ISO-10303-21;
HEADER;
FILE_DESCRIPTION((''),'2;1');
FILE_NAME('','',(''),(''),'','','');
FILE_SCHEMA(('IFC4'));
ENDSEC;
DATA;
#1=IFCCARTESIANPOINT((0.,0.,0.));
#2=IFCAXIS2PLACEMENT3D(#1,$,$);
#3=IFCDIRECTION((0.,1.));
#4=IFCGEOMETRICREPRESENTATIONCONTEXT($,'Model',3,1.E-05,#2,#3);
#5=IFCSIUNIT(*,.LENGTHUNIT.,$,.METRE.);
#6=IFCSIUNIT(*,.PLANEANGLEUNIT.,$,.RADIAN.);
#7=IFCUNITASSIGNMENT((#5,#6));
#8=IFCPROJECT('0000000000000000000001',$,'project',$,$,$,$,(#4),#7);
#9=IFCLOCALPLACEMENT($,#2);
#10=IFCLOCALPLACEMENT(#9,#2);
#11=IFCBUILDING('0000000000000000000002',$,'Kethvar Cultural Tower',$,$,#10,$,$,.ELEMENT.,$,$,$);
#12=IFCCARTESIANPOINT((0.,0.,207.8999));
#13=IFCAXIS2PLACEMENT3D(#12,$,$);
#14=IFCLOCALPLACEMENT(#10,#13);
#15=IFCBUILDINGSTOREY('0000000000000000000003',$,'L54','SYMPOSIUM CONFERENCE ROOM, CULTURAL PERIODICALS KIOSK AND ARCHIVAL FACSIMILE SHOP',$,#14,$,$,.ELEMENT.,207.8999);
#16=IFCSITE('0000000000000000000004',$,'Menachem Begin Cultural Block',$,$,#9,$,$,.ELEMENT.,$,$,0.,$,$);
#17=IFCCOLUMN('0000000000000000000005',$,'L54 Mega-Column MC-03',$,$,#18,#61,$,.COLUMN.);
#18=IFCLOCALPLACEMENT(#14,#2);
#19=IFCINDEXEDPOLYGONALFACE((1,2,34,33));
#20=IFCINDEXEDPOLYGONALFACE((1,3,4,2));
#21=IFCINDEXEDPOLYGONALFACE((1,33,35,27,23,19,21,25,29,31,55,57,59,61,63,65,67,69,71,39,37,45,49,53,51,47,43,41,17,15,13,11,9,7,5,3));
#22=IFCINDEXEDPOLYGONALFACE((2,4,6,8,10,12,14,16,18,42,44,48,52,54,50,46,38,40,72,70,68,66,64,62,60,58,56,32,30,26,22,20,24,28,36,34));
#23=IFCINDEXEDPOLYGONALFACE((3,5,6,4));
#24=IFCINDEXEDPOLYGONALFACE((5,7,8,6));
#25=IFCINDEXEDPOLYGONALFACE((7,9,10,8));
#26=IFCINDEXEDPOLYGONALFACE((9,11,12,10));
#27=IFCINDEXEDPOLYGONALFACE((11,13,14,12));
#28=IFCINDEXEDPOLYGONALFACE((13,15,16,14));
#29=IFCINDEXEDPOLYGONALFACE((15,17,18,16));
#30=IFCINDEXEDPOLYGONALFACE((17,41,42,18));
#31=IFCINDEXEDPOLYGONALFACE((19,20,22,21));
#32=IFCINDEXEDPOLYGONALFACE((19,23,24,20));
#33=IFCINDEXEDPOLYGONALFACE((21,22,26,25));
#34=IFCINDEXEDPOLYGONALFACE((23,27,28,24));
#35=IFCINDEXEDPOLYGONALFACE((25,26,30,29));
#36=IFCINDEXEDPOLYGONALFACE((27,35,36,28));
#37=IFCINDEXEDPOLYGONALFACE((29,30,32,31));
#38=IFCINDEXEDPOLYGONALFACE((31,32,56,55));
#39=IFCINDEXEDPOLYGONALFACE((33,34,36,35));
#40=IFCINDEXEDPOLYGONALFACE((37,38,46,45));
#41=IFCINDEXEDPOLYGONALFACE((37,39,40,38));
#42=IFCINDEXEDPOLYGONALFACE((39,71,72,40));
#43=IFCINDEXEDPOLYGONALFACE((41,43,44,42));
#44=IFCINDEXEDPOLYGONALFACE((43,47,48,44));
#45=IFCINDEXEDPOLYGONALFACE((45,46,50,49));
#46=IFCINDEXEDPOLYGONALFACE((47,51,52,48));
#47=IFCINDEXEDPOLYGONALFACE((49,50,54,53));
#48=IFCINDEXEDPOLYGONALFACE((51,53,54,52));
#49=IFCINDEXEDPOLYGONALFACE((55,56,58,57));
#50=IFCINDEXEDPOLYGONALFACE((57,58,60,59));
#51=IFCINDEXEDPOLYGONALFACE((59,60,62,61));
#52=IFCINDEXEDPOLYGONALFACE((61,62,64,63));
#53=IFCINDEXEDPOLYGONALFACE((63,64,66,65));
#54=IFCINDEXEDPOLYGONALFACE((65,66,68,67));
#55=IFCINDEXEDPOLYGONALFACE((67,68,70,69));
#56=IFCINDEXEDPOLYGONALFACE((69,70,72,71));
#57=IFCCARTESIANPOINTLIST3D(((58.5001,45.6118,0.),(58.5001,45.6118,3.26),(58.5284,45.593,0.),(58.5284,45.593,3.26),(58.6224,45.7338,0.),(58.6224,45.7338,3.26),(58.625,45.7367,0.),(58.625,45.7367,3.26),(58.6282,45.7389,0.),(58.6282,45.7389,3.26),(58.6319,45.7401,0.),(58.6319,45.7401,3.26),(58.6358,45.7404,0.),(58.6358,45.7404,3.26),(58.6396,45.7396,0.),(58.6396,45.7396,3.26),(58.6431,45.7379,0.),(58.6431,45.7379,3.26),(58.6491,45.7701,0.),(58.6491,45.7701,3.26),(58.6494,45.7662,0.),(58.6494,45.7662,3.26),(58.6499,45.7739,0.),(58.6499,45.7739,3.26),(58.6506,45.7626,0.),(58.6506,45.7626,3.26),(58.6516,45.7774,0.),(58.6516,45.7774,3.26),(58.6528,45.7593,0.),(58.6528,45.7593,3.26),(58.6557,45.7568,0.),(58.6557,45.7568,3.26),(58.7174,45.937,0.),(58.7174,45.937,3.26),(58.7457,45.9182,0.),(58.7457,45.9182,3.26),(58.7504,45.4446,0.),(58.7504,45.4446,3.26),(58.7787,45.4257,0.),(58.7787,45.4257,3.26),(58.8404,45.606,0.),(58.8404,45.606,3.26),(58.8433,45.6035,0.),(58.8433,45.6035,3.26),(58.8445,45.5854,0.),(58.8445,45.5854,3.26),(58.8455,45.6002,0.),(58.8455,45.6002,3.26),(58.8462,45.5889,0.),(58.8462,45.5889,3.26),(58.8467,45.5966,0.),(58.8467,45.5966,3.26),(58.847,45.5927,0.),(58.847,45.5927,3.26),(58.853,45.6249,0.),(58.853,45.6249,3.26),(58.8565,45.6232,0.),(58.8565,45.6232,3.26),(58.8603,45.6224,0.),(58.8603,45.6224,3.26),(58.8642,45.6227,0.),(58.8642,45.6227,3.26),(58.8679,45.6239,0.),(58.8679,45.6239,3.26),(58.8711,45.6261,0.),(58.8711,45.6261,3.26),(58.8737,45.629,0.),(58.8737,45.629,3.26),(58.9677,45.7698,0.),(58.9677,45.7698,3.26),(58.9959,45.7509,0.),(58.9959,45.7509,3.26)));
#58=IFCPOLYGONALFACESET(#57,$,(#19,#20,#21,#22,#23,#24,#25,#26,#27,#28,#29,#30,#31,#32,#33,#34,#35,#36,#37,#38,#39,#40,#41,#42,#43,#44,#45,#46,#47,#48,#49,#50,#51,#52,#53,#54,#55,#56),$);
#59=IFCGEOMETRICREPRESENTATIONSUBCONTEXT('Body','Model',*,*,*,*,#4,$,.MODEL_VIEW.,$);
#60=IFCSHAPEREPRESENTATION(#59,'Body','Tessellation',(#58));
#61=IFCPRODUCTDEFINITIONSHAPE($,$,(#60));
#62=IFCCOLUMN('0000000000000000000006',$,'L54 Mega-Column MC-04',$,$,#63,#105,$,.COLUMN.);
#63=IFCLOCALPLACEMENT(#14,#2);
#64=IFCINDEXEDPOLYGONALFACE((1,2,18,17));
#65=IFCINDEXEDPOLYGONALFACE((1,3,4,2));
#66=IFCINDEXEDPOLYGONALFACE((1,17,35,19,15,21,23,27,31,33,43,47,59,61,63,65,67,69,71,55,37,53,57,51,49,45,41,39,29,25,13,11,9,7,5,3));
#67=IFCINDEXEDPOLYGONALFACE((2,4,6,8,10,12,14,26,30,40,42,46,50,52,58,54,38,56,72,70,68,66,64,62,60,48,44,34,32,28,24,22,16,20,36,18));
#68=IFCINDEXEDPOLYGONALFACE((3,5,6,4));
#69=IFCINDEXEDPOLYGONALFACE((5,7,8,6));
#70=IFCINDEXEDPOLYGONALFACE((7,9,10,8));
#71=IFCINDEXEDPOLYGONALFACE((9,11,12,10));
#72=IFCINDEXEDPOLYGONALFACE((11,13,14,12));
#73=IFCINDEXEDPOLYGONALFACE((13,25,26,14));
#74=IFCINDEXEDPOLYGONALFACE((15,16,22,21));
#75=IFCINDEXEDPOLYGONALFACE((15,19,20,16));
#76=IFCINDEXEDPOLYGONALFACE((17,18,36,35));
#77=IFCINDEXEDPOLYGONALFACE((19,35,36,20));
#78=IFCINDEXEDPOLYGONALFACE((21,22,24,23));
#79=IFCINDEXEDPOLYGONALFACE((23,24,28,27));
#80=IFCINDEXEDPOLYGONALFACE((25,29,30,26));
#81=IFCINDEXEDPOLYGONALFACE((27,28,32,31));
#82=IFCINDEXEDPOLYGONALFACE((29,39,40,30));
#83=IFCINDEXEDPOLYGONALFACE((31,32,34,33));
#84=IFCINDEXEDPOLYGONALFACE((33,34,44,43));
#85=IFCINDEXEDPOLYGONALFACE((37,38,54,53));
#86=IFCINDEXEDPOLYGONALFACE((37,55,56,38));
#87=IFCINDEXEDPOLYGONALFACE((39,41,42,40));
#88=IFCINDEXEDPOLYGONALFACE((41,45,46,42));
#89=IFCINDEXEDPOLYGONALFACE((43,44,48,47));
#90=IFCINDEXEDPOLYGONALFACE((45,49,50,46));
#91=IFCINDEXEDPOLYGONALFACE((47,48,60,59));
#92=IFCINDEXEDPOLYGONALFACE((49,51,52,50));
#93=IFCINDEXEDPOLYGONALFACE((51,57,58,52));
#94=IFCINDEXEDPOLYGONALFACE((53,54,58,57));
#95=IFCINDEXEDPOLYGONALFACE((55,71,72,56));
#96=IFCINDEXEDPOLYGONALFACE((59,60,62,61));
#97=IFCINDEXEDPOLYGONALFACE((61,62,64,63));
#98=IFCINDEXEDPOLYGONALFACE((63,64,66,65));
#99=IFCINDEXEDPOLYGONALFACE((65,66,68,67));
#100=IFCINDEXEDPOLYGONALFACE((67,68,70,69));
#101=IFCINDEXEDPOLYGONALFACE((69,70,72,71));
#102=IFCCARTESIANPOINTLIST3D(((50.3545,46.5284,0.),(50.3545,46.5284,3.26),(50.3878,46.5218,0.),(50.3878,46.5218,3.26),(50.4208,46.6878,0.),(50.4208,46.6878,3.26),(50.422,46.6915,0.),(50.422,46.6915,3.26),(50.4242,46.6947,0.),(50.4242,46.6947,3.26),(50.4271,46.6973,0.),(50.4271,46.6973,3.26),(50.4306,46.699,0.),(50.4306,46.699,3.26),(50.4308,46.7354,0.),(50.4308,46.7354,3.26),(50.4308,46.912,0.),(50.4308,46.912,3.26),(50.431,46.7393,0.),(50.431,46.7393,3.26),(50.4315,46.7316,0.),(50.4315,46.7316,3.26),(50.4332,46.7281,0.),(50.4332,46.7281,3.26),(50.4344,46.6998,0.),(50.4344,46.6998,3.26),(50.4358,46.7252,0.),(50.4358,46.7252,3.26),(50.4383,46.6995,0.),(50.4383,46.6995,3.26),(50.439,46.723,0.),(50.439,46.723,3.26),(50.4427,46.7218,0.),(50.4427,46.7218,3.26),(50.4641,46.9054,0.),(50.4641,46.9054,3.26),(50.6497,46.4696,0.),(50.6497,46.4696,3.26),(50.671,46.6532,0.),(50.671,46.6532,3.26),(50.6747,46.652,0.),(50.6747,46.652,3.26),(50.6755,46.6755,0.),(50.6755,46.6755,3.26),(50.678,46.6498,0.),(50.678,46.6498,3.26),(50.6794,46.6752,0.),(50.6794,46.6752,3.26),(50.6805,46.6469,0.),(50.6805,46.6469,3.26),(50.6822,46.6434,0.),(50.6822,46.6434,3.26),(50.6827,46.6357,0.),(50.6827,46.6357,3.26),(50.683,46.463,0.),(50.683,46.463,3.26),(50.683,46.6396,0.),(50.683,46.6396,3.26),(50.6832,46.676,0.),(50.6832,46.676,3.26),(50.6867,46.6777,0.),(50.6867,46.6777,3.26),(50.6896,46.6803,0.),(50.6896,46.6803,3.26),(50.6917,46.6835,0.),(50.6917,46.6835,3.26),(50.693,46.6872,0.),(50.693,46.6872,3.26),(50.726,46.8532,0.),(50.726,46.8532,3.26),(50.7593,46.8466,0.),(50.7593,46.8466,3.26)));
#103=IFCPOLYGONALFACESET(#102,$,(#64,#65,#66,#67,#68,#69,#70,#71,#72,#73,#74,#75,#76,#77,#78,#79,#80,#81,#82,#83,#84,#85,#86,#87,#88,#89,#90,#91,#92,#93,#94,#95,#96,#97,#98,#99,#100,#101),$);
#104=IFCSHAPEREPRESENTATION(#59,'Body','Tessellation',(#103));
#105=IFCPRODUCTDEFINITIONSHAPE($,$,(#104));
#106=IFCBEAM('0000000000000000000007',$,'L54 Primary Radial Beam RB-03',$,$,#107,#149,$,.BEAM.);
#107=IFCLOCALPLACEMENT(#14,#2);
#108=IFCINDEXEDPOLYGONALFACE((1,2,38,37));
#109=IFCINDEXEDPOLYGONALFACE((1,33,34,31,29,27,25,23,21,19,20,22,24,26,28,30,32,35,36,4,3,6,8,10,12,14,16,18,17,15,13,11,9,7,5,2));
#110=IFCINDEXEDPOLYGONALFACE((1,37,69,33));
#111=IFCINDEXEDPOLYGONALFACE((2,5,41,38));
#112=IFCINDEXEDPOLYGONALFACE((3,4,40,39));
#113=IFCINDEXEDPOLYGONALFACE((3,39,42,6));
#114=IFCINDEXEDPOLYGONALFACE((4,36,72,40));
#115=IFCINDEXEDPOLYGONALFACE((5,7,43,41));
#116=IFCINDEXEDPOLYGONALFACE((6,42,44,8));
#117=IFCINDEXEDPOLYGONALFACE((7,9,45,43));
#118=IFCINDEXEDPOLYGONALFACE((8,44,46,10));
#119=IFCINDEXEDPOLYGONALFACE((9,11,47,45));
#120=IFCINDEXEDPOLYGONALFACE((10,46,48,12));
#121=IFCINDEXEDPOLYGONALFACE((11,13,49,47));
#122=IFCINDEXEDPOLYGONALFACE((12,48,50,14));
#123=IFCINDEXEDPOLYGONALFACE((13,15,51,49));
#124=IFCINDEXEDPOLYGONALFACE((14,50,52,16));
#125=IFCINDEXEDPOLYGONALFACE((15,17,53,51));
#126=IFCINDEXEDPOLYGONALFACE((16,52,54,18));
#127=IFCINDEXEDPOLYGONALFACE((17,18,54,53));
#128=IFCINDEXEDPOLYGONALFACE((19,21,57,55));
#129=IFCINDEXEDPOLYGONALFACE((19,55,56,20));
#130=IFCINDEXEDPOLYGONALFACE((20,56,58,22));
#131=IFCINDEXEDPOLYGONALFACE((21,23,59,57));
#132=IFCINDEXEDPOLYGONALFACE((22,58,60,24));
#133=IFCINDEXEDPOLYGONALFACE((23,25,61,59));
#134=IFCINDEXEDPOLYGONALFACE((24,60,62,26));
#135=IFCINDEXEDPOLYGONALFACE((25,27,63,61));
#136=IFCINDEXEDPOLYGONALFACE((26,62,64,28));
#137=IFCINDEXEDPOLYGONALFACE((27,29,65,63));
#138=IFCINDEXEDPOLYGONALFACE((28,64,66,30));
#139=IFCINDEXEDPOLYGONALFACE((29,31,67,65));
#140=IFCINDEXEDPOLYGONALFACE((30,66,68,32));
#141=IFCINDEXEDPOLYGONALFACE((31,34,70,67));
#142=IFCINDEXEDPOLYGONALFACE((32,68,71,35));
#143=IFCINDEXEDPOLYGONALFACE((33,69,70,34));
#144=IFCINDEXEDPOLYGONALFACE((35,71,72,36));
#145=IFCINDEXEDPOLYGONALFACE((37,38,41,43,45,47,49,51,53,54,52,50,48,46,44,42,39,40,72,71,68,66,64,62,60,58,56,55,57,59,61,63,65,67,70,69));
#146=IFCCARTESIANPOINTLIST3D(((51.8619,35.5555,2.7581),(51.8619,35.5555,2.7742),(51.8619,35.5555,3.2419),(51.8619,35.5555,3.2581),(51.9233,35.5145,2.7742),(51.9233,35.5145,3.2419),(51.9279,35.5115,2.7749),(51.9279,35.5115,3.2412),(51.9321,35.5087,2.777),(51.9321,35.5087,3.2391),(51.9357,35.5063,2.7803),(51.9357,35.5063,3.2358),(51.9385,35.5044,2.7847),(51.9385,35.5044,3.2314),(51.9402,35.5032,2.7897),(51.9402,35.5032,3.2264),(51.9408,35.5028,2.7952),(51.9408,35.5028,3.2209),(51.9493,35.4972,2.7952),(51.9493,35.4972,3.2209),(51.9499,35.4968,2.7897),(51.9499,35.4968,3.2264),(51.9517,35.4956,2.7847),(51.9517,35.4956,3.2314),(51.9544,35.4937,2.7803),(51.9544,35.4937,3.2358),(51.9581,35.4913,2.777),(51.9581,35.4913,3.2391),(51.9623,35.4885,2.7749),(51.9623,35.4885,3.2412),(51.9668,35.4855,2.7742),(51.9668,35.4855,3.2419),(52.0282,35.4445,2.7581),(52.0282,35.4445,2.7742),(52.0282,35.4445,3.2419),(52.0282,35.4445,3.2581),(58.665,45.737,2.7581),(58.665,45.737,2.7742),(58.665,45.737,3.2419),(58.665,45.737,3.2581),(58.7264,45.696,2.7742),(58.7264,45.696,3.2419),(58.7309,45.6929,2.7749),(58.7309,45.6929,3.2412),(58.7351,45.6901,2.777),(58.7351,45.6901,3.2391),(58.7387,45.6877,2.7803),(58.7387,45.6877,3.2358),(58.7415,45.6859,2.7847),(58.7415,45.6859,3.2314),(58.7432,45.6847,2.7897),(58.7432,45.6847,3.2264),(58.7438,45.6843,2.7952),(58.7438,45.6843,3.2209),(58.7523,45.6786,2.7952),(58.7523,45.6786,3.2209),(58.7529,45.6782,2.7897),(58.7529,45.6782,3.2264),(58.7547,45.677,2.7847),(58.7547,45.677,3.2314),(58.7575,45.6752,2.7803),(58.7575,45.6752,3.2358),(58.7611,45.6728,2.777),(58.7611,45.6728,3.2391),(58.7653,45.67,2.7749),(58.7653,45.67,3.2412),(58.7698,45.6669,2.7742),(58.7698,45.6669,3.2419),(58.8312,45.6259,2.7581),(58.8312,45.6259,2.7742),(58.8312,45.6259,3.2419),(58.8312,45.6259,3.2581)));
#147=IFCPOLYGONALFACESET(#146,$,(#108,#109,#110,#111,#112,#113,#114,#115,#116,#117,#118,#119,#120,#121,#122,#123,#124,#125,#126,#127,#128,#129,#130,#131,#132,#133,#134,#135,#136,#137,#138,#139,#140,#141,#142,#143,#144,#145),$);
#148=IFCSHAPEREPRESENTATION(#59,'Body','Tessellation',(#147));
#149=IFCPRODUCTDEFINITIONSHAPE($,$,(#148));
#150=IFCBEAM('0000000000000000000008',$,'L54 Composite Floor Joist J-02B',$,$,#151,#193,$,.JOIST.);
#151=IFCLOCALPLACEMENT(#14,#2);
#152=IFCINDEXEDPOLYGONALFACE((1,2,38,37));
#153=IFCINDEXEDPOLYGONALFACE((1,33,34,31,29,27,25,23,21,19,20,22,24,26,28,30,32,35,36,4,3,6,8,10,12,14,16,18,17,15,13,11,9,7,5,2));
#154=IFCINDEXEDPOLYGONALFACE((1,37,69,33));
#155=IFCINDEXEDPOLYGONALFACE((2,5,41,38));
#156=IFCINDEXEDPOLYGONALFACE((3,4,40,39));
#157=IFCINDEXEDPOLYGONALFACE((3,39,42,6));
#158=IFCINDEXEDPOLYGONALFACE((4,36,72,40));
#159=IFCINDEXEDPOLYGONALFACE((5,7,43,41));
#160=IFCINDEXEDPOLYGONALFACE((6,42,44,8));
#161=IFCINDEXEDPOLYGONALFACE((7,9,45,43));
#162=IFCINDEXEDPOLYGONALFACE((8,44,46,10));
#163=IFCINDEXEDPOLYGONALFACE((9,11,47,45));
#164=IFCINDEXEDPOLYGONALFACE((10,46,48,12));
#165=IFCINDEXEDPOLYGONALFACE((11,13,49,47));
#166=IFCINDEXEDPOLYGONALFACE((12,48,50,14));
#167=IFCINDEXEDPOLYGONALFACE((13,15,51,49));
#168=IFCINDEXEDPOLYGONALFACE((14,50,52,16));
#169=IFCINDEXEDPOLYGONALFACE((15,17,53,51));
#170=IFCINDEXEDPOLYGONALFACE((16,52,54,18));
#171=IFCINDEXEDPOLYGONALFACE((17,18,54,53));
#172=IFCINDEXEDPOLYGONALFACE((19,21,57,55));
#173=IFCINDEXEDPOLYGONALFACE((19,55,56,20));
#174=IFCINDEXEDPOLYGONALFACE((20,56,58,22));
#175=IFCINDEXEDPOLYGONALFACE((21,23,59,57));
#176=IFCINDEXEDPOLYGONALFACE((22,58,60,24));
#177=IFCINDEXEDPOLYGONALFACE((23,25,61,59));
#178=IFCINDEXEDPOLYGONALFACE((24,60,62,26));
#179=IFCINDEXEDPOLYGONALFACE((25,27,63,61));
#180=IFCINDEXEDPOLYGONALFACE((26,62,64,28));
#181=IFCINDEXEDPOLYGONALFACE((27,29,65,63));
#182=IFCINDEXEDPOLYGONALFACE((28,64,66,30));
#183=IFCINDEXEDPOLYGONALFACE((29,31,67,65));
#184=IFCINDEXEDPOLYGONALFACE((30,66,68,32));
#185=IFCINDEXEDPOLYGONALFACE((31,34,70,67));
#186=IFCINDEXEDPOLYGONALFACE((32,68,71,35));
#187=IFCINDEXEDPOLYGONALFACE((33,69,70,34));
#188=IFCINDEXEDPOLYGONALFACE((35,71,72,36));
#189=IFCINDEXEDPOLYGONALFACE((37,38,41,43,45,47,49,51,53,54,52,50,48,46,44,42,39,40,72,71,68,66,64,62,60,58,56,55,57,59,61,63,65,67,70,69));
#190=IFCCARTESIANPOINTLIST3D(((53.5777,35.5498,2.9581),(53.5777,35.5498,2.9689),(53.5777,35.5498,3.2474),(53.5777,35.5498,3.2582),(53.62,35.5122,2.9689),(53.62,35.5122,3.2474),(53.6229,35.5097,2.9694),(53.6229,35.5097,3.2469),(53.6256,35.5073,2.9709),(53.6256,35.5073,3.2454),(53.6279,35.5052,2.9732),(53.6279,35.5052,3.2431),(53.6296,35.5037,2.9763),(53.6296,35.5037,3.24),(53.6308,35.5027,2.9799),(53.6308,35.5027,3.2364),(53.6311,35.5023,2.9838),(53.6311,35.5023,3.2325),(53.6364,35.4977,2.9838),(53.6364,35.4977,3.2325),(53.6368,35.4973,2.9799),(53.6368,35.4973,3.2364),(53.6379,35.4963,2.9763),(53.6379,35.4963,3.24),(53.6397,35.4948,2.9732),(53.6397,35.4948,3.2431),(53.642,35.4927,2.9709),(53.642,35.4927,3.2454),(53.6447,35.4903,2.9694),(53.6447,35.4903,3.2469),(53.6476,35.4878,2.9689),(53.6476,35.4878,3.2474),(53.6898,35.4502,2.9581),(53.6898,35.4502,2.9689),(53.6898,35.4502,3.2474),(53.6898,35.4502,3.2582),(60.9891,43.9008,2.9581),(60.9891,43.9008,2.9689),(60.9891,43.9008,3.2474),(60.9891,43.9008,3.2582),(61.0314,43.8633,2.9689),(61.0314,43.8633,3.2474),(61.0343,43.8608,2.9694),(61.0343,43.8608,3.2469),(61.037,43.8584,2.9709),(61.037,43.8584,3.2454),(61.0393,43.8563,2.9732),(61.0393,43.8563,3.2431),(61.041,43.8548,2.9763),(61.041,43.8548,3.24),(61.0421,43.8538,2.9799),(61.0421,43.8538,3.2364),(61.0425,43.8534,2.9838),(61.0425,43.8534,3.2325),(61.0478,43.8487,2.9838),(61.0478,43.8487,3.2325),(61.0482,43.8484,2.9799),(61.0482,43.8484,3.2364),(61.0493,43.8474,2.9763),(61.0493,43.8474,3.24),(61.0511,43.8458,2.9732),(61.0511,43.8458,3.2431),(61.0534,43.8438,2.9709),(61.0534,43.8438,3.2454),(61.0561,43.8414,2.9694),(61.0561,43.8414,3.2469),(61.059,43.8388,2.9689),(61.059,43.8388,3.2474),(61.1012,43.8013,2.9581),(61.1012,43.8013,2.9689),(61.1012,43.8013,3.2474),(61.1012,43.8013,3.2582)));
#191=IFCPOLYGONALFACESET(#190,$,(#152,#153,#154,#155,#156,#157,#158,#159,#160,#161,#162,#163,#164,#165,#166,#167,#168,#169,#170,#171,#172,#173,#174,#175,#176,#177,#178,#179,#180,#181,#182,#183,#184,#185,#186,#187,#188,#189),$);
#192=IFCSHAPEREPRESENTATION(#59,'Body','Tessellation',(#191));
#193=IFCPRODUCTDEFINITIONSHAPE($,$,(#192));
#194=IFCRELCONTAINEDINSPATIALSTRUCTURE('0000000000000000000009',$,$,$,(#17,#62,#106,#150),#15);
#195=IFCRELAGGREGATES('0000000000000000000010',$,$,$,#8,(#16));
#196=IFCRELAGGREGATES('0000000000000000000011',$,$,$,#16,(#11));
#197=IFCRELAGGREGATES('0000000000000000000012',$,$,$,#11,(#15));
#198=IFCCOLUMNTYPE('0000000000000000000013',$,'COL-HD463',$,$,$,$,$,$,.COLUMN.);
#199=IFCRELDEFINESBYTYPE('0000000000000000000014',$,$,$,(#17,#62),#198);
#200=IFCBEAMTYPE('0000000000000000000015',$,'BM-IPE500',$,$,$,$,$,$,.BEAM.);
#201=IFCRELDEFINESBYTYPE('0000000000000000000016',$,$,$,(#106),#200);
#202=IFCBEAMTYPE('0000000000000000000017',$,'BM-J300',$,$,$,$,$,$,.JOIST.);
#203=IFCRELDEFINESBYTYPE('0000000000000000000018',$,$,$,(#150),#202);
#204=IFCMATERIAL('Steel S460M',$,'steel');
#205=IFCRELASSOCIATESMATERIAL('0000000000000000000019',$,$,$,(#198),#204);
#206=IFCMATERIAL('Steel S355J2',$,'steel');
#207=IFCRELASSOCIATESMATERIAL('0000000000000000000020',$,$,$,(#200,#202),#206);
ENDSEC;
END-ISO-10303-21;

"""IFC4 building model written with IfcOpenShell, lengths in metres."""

from ifc_helpers import new_model, si_unit, direction, frame, origin, origin_2d, place, context, subcontext, project, spatial, i_section, extrude, source, transform, mapped, material, material_profile, profile_set, type_object, element, save


model = new_model("IFC4")

# Units and contexts
model_context = context("Model", 3, precision=1e-05, world=origin(), true_north=direction((0.0, 1.0)))
body_context = subcontext(model_context, "Body", "Model", "MODEL_VIEW")
ifc_project = project(units=[si_unit("LENGTHUNIT", "METRE"), si_unit("PLANEANGLEUNIT", "RADIAN")], contexts=[model_context])

# Site, building, storey
site_placement = place(None, origin())
site = spatial("IfcSite", under=ifc_project, at=site_placement, Name="Menachem Begin Cultural Block", CompositionType="ELEMENT", RefElevation=0.0)
building_placement = place(site_placement, origin())
building = spatial("IfcBuilding", under=site, at=building_placement, Name="Kethvar Cultural Tower", CompositionType="ELEMENT")
storey_placement = place(building_placement, frame((0.0, 0.0, 207.8999)))
storey = spatial("IfcBuildingStorey", under=building, at=storey_placement, Name="L54", Description="SYMPOSIUM CONFERENCE ROOM, CULTURAL PERIODICALS KIOSK AND ARCHIVAL FACSIMILE SHOP", CompositionType="ELEMENT", Elevation=207.8999)

# Columns
ifc_material_1 = material(Name="Steel S460M", Category="steel")
ifc_material_profile_1 = material_profile(ifc_material_1, i_section(OverallWidth=0.3911, OverallDepth=0.335, WebThickness=0.0227, FlangeThickness=0.0339, FilletRadius=0.0149, at=origin_2d()), Name="Steel S460M — HD400x463")
ifc_profile_set_1 = profile_set([ifc_material_profile_1], Name="Steel S460M — HD400x463")
column_type = type_object("IfcColumnType", Name="COL-HD463", PredefinedType="COLUMN", material=ifc_profile_set_1)
shared_shape_1 = source(origin(), body_context, "Body", "SweptSolid", [
    extrude(i_section(OverallWidth=0.3911, OverallDepth=0.335, WebThickness=0.0227, FlangeThickness=0.0339, FilletRadius=0.0149, at=origin_2d()), origin(), (0.0, 0.0, 1.0), 3.26),
])
for number, where, z_axis, x_axis, name in (
    (1, (58.748, 45.6814, 0.0), (0.0, 0.0, 1.0), (0.55557, 0.83147, 0.0), "L54 Mega-Column MC-03"),
    (2, (50.5569, 46.6875, 0.0), (0.0, 0.0, 1.0), (0.19509, 0.980785, 0.0), "L54 Mega-Column MC-04"),
):
    element("IfcColumn", number, at=place(storey_placement, frame(where, z_axis=z_axis, x_axis=x_axis)), inside=storey, type_object=column_type, Name=name, PredefinedType="COLUMN", context=body_context, shape_type="MappedRepresentation", body=[
        mapped(shared_shape_1, transform((0.0, 0.0, 0.0), scale=1.0)),
    ])

# Beams
ifc_material_2 = material(Name="Steel S355J2", Category="steel")
ifc_material_profile_2 = material_profile(ifc_material_2, i_section(OverallWidth=0.2, OverallDepth=0.5, WebThickness=0.0103, FlangeThickness=0.0161, FilletRadius=0.021, at=origin_2d()), Name="Steel S355J2 — IPE500")
ifc_profile_set_2 = profile_set([ifc_material_profile_2], Name="Steel S355J2 — IPE500")
beam_type_1 = type_object("IfcBeamType", Name="BM-IPE500", PredefinedType="BEAM", material=ifc_profile_set_2)
shared_shape_2 = source(origin(), body_context, "Body", "SweptSolid", [
    extrude(i_section(OverallWidth=0.2, OverallDepth=0.5, WebThickness=0.0103, FlangeThickness=0.0161, FilletRadius=0.021, at=origin_2d()), origin(), (0.0, 0.0, 1.0), 12.2451),
])
beam_1_placement = place(storey_placement, frame((51.9451, 35.5, 3.0081), z_axis=(0.555569, 0.83147, 0.0), x_axis=(-0.83147, 0.555569, 0.0)))
element("IfcBeam", 3, at=beam_1_placement, inside=storey, type_object=beam_type_1, Name="L54 Primary Radial Beam RB-03", PredefinedType="BEAM", context=body_context, shape_type="MappedRepresentation", body=[
    mapped(shared_shape_2, transform((0.0, 0.0, 0.0), scale=1.0)),
])
ifc_material_profile_3 = material_profile(ifc_material_2, i_section(OverallWidth=0.1499, OverallDepth=0.3, WebThickness=0.0071, FlangeThickness=0.0107, FilletRadius=0.0149, at=origin_2d()), Name="Steel S355J2 — IPE300")
ifc_profile_set_3 = profile_set([ifc_material_profile_3], Name="Steel S355J2 — IPE300")
beam_type_2 = type_object("IfcBeamType", Name="BM-J300", PredefinedType="JOIST", material=ifc_profile_set_3)
shared_shape_3 = source(origin(), body_context, "Body", "SweptSolid", [
    extrude(i_section(OverallWidth=0.1499, OverallDepth=0.3, WebThickness=0.0071, FlangeThickness=0.0107, FilletRadius=0.0149, at=origin_2d()), origin(), (0.0, 0.0, 1.0), 11.1655),
])
beam_2_placement = place(storey_placement, frame((53.6338, 35.5, 3.1082), z_axis=(0.663773, 0.747934, 0.0), x_axis=(-0.747934, 0.663773, 0.0)))
element("IfcBeam", 4, at=beam_2_placement, inside=storey, type_object=beam_type_2, Name="L54 Composite Floor Joist J-02B", PredefinedType="JOIST", context=body_context, shape_type="MappedRepresentation", body=[
    mapped(shared_shape_3, transform((0.0, 0.0, 0.0), scale=1.0)),
])

save(model, "model.ifc")
